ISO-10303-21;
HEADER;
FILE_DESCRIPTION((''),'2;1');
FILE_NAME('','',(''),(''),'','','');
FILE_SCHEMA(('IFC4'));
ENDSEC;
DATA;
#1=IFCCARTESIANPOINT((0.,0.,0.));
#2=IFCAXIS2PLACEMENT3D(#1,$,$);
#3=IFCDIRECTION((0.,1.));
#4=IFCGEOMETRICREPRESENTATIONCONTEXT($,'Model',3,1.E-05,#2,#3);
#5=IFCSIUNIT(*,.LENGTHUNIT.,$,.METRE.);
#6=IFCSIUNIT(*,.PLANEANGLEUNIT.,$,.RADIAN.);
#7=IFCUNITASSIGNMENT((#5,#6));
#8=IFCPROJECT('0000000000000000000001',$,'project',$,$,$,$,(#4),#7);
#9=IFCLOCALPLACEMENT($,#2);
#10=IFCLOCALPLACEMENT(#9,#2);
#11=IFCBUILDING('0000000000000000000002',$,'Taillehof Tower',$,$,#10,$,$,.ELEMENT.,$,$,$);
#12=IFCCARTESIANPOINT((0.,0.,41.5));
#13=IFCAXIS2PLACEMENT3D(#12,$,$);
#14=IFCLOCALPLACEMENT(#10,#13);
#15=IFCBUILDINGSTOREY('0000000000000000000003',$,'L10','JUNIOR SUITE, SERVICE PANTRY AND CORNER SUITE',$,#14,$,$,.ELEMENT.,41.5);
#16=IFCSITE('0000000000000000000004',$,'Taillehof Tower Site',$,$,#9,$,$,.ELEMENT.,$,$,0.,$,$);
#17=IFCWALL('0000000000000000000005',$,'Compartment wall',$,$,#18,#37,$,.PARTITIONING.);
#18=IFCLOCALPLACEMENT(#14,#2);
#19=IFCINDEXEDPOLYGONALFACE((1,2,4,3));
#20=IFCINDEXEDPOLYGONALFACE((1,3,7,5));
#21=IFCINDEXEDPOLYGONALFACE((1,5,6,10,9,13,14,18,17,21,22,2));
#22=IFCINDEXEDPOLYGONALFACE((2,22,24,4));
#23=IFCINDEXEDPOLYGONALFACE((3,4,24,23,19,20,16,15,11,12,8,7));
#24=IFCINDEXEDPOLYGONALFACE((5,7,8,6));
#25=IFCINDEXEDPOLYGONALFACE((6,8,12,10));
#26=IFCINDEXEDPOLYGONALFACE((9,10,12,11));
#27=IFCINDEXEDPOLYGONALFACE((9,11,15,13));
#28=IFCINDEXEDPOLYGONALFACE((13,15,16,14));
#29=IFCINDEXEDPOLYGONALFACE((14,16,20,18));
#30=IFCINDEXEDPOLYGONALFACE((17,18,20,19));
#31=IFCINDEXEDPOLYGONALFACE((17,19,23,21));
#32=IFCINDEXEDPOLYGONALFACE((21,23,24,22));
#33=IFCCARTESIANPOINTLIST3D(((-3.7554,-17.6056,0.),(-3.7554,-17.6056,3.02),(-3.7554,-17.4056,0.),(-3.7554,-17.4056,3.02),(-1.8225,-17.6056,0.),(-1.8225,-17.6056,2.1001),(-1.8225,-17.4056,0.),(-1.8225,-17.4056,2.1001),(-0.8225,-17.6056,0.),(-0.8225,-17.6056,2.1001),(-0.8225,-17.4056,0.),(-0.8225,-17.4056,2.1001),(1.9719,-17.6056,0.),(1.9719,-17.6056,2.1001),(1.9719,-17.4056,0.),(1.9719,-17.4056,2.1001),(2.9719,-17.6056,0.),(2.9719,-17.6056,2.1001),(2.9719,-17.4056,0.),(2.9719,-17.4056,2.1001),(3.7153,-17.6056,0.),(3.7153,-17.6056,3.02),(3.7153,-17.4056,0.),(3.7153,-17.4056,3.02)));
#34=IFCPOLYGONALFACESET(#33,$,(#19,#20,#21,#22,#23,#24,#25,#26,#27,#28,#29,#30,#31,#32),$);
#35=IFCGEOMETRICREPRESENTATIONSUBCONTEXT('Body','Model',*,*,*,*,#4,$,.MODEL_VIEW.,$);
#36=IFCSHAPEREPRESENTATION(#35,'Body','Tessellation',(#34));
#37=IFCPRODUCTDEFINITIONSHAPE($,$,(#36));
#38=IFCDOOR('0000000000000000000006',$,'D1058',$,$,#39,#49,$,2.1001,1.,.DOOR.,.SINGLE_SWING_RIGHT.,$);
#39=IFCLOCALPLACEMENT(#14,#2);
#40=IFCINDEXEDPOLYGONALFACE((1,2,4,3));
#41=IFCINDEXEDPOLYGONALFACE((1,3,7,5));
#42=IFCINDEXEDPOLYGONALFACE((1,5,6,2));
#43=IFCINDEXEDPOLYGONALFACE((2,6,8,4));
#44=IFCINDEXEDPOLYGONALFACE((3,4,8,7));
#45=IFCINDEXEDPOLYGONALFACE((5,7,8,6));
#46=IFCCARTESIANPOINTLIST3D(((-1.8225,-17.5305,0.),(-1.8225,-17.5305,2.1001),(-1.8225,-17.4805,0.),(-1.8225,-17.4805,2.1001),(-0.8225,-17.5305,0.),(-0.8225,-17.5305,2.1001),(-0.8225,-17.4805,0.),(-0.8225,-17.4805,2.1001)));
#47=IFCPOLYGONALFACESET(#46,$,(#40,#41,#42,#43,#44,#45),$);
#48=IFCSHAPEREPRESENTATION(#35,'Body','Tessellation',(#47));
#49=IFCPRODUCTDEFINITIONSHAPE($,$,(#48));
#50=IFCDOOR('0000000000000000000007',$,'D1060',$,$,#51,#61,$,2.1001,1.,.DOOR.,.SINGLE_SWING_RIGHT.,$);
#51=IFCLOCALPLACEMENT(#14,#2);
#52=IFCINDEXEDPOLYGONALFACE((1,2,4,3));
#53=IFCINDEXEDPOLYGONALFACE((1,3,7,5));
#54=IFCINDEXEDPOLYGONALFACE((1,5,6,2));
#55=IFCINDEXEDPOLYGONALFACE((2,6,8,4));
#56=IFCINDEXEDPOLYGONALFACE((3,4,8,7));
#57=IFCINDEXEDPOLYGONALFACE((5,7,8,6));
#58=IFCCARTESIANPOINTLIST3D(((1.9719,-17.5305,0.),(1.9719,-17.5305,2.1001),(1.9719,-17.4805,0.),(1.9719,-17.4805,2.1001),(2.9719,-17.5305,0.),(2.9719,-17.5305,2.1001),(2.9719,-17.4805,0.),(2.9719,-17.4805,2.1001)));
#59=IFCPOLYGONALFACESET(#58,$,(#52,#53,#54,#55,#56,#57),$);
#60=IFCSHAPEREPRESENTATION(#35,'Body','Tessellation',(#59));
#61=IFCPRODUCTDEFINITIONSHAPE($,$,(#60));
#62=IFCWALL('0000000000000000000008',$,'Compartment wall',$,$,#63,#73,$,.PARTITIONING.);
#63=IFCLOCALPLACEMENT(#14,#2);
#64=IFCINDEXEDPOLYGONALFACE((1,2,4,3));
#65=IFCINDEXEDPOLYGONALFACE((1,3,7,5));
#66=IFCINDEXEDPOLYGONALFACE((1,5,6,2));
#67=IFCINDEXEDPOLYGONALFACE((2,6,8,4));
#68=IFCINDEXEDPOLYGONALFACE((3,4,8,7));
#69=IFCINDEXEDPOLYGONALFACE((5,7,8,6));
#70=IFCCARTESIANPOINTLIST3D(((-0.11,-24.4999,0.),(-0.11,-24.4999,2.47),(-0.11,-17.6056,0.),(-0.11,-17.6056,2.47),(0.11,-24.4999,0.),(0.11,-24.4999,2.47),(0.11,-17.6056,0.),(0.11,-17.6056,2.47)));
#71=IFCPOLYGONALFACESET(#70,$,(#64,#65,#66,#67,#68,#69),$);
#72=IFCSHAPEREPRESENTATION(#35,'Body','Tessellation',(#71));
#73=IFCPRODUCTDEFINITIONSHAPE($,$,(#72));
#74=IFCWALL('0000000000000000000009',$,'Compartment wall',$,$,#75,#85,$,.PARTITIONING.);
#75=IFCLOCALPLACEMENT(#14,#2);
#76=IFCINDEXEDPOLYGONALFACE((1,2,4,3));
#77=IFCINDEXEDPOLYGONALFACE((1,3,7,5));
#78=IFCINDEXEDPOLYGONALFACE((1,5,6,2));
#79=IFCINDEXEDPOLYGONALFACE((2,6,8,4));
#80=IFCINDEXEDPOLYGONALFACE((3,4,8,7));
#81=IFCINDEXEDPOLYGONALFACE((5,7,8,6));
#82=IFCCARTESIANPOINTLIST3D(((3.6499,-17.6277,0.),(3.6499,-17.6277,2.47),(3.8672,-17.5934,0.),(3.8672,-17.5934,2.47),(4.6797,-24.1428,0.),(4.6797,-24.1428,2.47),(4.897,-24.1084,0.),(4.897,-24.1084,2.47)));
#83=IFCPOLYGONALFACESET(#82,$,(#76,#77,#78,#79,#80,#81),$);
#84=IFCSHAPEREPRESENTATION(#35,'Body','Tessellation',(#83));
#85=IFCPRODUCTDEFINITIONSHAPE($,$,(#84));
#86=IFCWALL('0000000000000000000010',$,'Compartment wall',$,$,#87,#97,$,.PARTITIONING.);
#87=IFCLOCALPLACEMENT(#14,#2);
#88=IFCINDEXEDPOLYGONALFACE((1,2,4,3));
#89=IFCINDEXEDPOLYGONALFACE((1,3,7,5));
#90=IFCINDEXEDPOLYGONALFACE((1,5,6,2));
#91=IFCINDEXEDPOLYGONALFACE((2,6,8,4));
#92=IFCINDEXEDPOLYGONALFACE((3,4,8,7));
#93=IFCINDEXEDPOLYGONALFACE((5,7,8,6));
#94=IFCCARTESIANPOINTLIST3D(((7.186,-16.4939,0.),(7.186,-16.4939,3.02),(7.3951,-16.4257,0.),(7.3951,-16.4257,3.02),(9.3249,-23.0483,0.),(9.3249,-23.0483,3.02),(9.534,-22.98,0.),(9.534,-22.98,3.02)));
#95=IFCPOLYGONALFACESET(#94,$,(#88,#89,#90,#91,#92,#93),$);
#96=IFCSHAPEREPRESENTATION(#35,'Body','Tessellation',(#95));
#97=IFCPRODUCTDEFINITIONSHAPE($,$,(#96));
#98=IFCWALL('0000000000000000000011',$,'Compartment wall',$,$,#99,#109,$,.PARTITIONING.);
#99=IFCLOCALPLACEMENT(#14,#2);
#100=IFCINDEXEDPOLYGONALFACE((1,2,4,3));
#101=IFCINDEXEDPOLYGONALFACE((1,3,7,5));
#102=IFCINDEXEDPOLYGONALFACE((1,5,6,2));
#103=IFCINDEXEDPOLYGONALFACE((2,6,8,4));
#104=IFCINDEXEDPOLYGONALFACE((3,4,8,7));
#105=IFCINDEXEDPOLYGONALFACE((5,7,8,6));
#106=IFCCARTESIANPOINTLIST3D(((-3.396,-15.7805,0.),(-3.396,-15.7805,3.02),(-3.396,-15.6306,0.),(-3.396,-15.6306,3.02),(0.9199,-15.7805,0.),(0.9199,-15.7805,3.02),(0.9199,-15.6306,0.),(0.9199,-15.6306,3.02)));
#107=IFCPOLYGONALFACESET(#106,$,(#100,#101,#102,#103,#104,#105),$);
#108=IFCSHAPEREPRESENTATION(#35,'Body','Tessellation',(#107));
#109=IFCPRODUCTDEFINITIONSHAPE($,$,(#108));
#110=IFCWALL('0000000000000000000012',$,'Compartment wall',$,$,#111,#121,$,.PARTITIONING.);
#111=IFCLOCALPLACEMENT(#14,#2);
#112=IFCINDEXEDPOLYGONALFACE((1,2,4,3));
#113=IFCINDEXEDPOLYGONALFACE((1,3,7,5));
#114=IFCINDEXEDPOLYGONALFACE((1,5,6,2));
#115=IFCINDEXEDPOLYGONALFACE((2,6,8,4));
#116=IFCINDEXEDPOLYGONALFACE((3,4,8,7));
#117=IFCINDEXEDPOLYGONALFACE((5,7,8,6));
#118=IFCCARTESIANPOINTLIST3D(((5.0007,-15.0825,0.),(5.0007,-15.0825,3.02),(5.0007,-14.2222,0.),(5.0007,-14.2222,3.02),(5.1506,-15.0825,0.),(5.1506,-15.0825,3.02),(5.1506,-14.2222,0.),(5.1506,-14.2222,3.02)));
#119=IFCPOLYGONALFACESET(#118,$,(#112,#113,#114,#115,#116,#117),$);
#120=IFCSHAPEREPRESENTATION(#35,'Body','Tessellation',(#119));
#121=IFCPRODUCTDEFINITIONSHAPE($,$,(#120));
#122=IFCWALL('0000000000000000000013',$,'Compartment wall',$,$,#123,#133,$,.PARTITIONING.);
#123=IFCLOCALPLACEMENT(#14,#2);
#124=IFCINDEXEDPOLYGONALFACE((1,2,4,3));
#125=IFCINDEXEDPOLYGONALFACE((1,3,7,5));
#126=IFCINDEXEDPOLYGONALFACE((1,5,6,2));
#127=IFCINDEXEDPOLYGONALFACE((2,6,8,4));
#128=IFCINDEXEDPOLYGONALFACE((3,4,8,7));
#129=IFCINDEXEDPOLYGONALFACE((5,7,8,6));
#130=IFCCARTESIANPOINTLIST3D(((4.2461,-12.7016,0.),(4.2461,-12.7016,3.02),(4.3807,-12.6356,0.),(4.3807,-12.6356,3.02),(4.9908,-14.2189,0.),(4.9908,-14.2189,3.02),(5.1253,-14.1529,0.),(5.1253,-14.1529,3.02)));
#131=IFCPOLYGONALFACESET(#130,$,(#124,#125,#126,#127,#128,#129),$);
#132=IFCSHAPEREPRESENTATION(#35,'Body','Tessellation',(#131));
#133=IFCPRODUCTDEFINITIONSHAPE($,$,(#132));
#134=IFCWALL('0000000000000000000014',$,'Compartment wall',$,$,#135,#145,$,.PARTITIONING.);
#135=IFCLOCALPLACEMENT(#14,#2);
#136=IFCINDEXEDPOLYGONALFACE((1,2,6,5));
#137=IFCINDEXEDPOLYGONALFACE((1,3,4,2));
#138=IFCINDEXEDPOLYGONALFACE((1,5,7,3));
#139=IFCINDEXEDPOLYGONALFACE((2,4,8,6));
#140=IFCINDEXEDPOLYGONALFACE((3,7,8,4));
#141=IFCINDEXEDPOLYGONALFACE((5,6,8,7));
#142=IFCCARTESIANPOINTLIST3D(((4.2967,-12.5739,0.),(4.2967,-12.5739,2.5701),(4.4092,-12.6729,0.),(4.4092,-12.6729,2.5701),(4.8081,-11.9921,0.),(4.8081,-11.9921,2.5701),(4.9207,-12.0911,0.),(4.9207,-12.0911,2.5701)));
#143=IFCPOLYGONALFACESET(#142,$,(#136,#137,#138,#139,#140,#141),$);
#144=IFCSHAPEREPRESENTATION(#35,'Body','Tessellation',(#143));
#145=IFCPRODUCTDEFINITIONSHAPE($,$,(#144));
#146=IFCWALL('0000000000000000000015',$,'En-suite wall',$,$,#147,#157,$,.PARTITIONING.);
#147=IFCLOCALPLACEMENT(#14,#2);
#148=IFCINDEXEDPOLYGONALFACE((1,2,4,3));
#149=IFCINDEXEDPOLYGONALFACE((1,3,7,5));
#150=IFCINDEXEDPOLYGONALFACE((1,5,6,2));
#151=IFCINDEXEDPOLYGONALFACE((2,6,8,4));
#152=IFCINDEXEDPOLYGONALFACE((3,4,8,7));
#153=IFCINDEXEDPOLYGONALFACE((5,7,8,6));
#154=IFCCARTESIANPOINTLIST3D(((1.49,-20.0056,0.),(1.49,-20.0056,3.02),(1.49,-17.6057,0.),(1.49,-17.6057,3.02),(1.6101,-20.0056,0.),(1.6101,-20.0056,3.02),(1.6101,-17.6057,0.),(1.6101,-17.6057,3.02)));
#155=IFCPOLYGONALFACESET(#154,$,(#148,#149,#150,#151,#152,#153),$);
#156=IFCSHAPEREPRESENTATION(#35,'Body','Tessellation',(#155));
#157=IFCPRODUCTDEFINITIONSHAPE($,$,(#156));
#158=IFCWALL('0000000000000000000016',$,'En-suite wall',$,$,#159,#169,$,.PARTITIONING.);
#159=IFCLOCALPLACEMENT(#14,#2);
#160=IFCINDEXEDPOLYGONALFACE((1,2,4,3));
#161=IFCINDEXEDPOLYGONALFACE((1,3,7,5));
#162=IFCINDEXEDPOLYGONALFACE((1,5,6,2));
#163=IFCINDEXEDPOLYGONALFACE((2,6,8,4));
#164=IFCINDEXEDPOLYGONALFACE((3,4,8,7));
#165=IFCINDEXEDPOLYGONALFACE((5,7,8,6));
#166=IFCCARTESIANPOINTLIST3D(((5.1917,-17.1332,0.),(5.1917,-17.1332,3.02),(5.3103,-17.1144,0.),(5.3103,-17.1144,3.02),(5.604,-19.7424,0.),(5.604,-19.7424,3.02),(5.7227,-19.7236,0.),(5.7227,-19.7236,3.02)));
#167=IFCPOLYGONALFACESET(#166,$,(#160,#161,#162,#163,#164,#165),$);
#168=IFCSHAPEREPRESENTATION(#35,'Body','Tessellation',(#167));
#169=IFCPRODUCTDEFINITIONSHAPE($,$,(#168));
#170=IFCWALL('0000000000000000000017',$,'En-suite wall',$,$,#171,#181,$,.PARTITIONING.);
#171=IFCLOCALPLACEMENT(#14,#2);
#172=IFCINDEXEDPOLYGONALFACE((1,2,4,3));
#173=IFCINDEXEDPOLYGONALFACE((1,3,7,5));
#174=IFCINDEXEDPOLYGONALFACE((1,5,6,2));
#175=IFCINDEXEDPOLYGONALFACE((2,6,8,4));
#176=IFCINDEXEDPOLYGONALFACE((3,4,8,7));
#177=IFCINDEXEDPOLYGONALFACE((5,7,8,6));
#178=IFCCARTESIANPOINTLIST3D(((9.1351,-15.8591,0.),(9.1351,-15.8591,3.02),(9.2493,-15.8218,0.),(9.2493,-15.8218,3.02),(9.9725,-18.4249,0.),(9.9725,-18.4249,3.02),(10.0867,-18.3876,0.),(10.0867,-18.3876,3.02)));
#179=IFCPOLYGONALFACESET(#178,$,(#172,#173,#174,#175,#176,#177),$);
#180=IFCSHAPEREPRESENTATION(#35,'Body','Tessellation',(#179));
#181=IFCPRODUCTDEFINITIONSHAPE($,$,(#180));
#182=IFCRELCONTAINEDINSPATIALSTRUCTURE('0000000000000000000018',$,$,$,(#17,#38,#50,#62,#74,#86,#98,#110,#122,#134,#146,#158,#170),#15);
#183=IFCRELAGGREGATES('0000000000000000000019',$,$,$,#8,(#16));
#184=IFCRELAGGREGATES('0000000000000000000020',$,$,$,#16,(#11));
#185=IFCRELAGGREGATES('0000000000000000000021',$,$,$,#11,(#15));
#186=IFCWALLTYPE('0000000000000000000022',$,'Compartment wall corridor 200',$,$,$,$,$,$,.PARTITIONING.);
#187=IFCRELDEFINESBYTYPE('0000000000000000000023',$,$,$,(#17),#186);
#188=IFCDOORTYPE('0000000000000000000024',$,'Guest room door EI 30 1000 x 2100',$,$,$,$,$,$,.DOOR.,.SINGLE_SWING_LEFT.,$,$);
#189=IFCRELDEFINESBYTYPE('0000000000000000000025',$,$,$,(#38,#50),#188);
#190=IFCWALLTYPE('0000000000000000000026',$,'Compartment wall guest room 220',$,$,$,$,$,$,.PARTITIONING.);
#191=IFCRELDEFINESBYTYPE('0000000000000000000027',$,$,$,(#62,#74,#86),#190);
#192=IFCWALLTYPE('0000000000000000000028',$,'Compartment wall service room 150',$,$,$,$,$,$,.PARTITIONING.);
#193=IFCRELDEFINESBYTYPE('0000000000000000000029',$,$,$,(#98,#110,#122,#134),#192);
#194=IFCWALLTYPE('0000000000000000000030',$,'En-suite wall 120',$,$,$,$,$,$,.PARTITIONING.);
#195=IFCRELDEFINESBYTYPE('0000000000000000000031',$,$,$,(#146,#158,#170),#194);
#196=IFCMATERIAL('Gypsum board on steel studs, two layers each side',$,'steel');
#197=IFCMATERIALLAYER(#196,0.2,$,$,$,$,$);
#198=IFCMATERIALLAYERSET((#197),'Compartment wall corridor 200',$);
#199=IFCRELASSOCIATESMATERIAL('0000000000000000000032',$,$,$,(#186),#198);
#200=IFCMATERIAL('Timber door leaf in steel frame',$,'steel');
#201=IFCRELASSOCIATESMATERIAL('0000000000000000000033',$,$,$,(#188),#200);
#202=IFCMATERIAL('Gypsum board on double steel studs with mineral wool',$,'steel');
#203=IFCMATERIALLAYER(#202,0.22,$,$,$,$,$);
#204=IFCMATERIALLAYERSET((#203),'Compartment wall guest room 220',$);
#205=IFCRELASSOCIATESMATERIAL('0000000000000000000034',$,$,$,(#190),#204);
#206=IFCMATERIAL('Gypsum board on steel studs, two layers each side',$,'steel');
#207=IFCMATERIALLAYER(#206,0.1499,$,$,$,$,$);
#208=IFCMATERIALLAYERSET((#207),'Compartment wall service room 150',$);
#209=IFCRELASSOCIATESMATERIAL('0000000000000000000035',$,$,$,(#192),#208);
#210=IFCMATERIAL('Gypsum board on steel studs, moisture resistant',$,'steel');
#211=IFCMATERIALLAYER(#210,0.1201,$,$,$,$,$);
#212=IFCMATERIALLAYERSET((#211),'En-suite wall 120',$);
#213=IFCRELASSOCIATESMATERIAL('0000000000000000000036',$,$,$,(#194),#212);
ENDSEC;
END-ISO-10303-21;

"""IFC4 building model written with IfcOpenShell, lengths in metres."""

from ifc_helpers import new_model, si_unit, direction, frame, frame_2d, origin, place, context, subcontext, project, spatial, rectangle, extrude, material, layer, layer_set, type_object, element, fill, save


model = new_model("IFC4")

# Units and contexts
model_context = context("Model", 3, precision=1e-05, world=origin(), true_north=direction((0.0, 1.0)))
body_context = subcontext(model_context, "Body", "Model", "MODEL_VIEW")
ifc_project = project(units=[si_unit("LENGTHUNIT", "METRE"), si_unit("PLANEANGLEUNIT", "RADIAN")], contexts=[model_context])

# Site, building, storey
site_placement = place(None, origin())
site = spatial("IfcSite", under=ifc_project, at=site_placement, Name="Taillehof Tower Site", CompositionType="ELEMENT", RefElevation=0.0)
building_placement = place(site_placement, origin())
building = spatial("IfcBuilding", under=site, at=building_placement, Name="Taillehof Tower", CompositionType="ELEMENT")
storey_placement = place(building_placement, frame((0.0, 0.0, 41.5)))
storey = spatial("IfcBuildingStorey", under=building, at=storey_placement, Name="L10", Description="JUNIOR SUITE, SERVICE PANTRY AND CORNER SUITE", CompositionType="ELEMENT", Elevation=41.5)

# Wall, openings, doors
ifc_material_1 = material(Name="Gypsum board on steel studs, two layers each side", Category="steel")
ifc_layer_1 = layer(ifc_material_1, 0.2)
ifc_layer_set_1 = layer_set([ifc_layer_1], Name="Compartment wall corridor 200")
wall_type_1 = type_object("IfcWallType", Name="Compartment wall corridor 200", PredefinedType="PARTITIONING", material=ifc_layer_set_1)
wall_1_placement = place(storey_placement, frame((3.7153, -17.5056, 0.0), z_axis=(0.0, 0.0, 1.0), x_axis=(-1.0, 0.0, 0.0)))
wall_1 = element("IfcWall", 1, at=wall_1_placement, inside=storey, type_object=wall_type_1, Name="Compartment wall", PredefinedType="PARTITIONING", context=body_context, shape_type="SweptSolid", body=[
    extrude(rectangle(XDim=7.4707, YDim=0.2, at=frame_2d((3.7354, 0.0))), origin(), (0.0, 0.0, 1.0), 3.02),
])
opening_1_placement = place(wall_1_placement, frame((4.5378, 0.0, 0.0)))
opening_1 = element("IfcOpeningElement", 2, at=opening_1_placement, cuts=wall_1, PredefinedType="OPENING", context=body_context, shape_type="SweptSolid", body=[
    extrude(rectangle(XDim=1.0, YDim=2.1001, at=frame_2d((0.5, 1.05))), frame((0.0, 0.1099, 0.0), z_axis=(0.0, -1.0, 0.0), x_axis=(1.0, 0.0, 0.0)), (0.0, 0.0, 1.0), 0.22),
])
opening_2_placement = place(wall_1_placement, frame((0.7434, 0.0, 0.0)))
opening_2 = element("IfcOpeningElement", 3, at=opening_2_placement, cuts=wall_1, PredefinedType="OPENING", context=body_context, shape_type="SweptSolid", body=[
    extrude(rectangle(XDim=1.0, YDim=2.1001, at=frame_2d((0.5, 1.05))), frame((0.0, 0.1099, 0.0), z_axis=(0.0, -1.0, 0.0), x_axis=(1.0, 0.0, 0.0)), (0.0, 0.0, 1.0), 0.22),
])
ifc_material_2 = material(Name="Timber door leaf in steel frame", Category="steel")
door_type_1 = type_object("IfcDoorType", Name="Guest room door EI 30 1000 x 2100", OperationType="SINGLE_SWING_LEFT", PredefinedType="DOOR", material=ifc_material_2)
door_1_placement = place(opening_1_placement, origin())
door_1 = element("IfcDoor", 4, at=door_1_placement, inside=storey, type_object=door_type_1, Name="D1058", OperationType="SINGLE_SWING_RIGHT", OverallHeight=2.1001, OverallWidth=1.0, PredefinedType="DOOR", context=body_context, shape_type="SweptSolid", body=[
    extrude(rectangle(XDim=1.0, YDim=2.1001, at=frame_2d((0.5, 1.05))), frame((0.0, 0.0249, 0.0), z_axis=(0.0, -1.0, 0.0), x_axis=(1.0, 0.0, 0.0)), (0.0, 0.0, 1.0), 0.05),
])
fill(opening_1, door_1)
door_2_placement = place(opening_2_placement, origin())
door_2 = element("IfcDoor", 5, at=door_2_placement, inside=storey, type_object=door_type_1, Name="D1060", OperationType="SINGLE_SWING_RIGHT", OverallHeight=2.1001, OverallWidth=1.0, PredefinedType="DOOR", context=body_context, shape_type="SweptSolid", body=[
    extrude(rectangle(XDim=1.0, YDim=2.1001, at=frame_2d((0.5, 1.05))), frame((0.0, 0.0249, 0.0), z_axis=(0.0, -1.0, 0.0), x_axis=(1.0, 0.0, 0.0)), (0.0, 0.0, 1.0), 0.05),
])
fill(opening_2, door_2)

# Walls
ifc_material_3 = material(Name="Gypsum board on double steel studs with mineral wool", Category="steel")
ifc_layer_2 = layer(ifc_material_3, 0.22)
ifc_layer_set_2 = layer_set([ifc_layer_2], Name="Compartment wall guest room 220")
wall_type_2 = type_object("IfcWallType", Name="Compartment wall guest room 220", PredefinedType="PARTITIONING", material=ifc_layer_set_2)
wall_2_placement = place(storey_placement, frame((0.0, -24.5, 0.0), z_axis=(0.0, 0.0, 1.0), x_axis=(0.0, 1.0, 0.0)))
element("IfcWall", 6, at=wall_2_placement, inside=storey, type_object=wall_type_2, Name="Compartment wall", PredefinedType="PARTITIONING", context=body_context, shape_type="SweptSolid", body=[
    extrude(rectangle(XDim=6.8943, YDim=0.22, at=frame_2d((3.4473, 0.0))), origin(), (0.0, 0.0, 1.0), 2.47),
])
wall_3_placement = place(storey_placement, frame((4.7883, -24.1255, 0.0), z_axis=(0.0, 0.0, 1.0), x_axis=(-0.156122, 0.987738, 0.0)))
element("IfcWall", 7, at=wall_3_placement, inside=storey, type_object=wall_type_2, Name="Compartment wall", PredefinedType="PARTITIONING", context=body_context, shape_type="SweptSolid", body=[
    extrude(rectangle(XDim=6.5959, YDim=0.22, at=frame_2d((3.2979, 0.0))), origin(), (0.0, 0.0, 1.0), 2.47),
])
wall_4_placement = place(storey_placement, frame((9.4294, -23.0142, 0.0), z_axis=(0.0, 0.0, 1.0), x_axis=(-0.31023, 0.950662, 0.0)))
element("IfcWall", 8, at=wall_4_placement, inside=storey, type_object=wall_type_2, Name="Compartment wall", PredefinedType="PARTITIONING", context=body_context, shape_type="SweptSolid", body=[
    extrude(rectangle(XDim=6.8945, YDim=0.22, at=frame_2d((3.4473, 0.0))), origin(), (0.0, 0.0, 1.0), 3.02),
])
ifc_material_4 = material(Name="Gypsum board on steel studs, two layers each side", Category="steel")
ifc_layer_3 = layer(ifc_material_4, 0.1499)
ifc_layer_set_3 = layer_set([ifc_layer_3], Name="Compartment wall service room 150")
wall_type_3 = type_object("IfcWallType", Name="Compartment wall service room 150", PredefinedType="PARTITIONING", material=ifc_layer_set_3)
wall_5_placement = place(storey_placement, frame((0.9199, -15.7056, 0.0), z_axis=(0.0, 0.0, 1.0), x_axis=(-1.0, 0.0, 0.0)))
element("IfcWall", 9, at=wall_5_placement, inside=storey, type_object=wall_type_3, Name="Compartment wall", PredefinedType="PARTITIONING", context=body_context, shape_type="SweptSolid", body=[
    extrude(rectangle(XDim=4.3159, YDim=0.1499, at=frame_2d((2.158, 0.0))), origin(), (0.0, 0.0, 1.0), 3.02),
])
wall_6_placement = place(storey_placement, frame((5.0757, -15.0825, 0.0), z_axis=(0.0, 0.0, 1.0), x_axis=(0.0, 1.0, 0.0)))
element("IfcWall", 10, at=wall_6_placement, inside=storey, type_object=wall_type_3, Name="Compartment wall", PredefinedType="PARTITIONING", context=body_context, shape_type="SweptSolid", body=[
    extrude(rectangle(XDim=0.8604, YDim=0.1499, at=frame_2d((0.4302, 0.0))), origin(), (0.0, 0.0, 1.0), 3.02),
])
wall_7_placement = place(storey_placement, frame((5.0581, -14.186, 0.0), z_axis=(0.0, 0.0, 1.0), x_axis=(-0.440557, 0.897725, 0.0)))
element("IfcWall", 11, at=wall_7_placement, inside=storey, type_object=wall_type_3, Name="Compartment wall", PredefinedType="PARTITIONING", context=body_context, shape_type="SweptSolid", body=[
    extrude(rectangle(XDim=1.6902, YDim=0.1499, at=frame_2d((0.8452, 0.0))), origin(), (0.0, 0.0, 1.0), 3.02),
])
wall_8_placement = place(storey_placement, frame((4.353, -12.6233, 0.0), z_axis=(0.0, 0.0, 1.0), x_axis=(0.660265, 0.751032, 0.0)))
element("IfcWall", 12, at=wall_8_placement, inside=storey, type_object=wall_type_3, Name="Compartment wall", PredefinedType="PARTITIONING", context=body_context, shape_type="SweptSolid", body=[
    extrude(rectangle(XDim=0.7747, YDim=0.1499, at=frame_2d((0.3872, 0.0))), origin(), (0.0, 0.0, 1.0), 2.5701),
])
ifc_material_5 = material(Name="Gypsum board on steel studs, moisture resistant", Category="steel")
ifc_layer_4 = layer(ifc_material_5, 0.1201)
ifc_layer_set_4 = layer_set([ifc_layer_4], Name="En-suite wall 120")
wall_type_4 = type_object("IfcWallType", Name="En-suite wall 120", PredefinedType="PARTITIONING", material=ifc_layer_set_4)
wall_9_placement = place(storey_placement, frame((1.55, -17.6057, 0.0), z_axis=(0.0, 0.0, 1.0), x_axis=(0.0, -1.0, 0.0)))
element("IfcWall", 13, at=wall_9_placement, inside=storey, type_object=wall_type_4, Name="En-suite wall", PredefinedType="PARTITIONING", context=body_context, shape_type="SweptSolid", body=[
    extrude(rectangle(XDim=2.3999, YDim=0.1201, at=frame_2d((1.2, 0.0))), origin(), (0.0, 0.0, 1.0), 3.02),
])
wall_10_placement = place(storey_placement, frame((5.251, -17.1238, 0.0), z_axis=(0.0, 0.0, 1.0), x_axis=(0.156105, -0.98774, 0.0)))
element("IfcWall", 14, at=wall_10_placement, inside=storey, type_object=wall_type_4, Name="En-suite wall", PredefinedType="PARTITIONING", context=body_context, shape_type="SweptSolid", body=[
    extrude(rectangle(XDim=2.6416, YDim=0.1201, at=frame_2d((1.3208, 0.0))), origin(), (0.0, 0.0, 1.0), 3.02),
])
wall_11_placement = place(storey_placement, frame((9.1921, -15.8403, 0.0), z_axis=(0.0, 0.0, 1.0), x_axis=(0.310278, -0.950646, 0.0)))
element("IfcWall", 15, at=wall_11_placement, inside=storey, type_object=wall_type_4, Name="En-suite wall", PredefinedType="PARTITIONING", context=body_context, shape_type="SweptSolid", body=[
    extrude(rectangle(XDim=2.699, YDim=0.1201, at=frame_2d((1.3496, 0.0))), origin(), (0.0, 0.0, 1.0), 3.02),
])

save(model, "model.ifc")
